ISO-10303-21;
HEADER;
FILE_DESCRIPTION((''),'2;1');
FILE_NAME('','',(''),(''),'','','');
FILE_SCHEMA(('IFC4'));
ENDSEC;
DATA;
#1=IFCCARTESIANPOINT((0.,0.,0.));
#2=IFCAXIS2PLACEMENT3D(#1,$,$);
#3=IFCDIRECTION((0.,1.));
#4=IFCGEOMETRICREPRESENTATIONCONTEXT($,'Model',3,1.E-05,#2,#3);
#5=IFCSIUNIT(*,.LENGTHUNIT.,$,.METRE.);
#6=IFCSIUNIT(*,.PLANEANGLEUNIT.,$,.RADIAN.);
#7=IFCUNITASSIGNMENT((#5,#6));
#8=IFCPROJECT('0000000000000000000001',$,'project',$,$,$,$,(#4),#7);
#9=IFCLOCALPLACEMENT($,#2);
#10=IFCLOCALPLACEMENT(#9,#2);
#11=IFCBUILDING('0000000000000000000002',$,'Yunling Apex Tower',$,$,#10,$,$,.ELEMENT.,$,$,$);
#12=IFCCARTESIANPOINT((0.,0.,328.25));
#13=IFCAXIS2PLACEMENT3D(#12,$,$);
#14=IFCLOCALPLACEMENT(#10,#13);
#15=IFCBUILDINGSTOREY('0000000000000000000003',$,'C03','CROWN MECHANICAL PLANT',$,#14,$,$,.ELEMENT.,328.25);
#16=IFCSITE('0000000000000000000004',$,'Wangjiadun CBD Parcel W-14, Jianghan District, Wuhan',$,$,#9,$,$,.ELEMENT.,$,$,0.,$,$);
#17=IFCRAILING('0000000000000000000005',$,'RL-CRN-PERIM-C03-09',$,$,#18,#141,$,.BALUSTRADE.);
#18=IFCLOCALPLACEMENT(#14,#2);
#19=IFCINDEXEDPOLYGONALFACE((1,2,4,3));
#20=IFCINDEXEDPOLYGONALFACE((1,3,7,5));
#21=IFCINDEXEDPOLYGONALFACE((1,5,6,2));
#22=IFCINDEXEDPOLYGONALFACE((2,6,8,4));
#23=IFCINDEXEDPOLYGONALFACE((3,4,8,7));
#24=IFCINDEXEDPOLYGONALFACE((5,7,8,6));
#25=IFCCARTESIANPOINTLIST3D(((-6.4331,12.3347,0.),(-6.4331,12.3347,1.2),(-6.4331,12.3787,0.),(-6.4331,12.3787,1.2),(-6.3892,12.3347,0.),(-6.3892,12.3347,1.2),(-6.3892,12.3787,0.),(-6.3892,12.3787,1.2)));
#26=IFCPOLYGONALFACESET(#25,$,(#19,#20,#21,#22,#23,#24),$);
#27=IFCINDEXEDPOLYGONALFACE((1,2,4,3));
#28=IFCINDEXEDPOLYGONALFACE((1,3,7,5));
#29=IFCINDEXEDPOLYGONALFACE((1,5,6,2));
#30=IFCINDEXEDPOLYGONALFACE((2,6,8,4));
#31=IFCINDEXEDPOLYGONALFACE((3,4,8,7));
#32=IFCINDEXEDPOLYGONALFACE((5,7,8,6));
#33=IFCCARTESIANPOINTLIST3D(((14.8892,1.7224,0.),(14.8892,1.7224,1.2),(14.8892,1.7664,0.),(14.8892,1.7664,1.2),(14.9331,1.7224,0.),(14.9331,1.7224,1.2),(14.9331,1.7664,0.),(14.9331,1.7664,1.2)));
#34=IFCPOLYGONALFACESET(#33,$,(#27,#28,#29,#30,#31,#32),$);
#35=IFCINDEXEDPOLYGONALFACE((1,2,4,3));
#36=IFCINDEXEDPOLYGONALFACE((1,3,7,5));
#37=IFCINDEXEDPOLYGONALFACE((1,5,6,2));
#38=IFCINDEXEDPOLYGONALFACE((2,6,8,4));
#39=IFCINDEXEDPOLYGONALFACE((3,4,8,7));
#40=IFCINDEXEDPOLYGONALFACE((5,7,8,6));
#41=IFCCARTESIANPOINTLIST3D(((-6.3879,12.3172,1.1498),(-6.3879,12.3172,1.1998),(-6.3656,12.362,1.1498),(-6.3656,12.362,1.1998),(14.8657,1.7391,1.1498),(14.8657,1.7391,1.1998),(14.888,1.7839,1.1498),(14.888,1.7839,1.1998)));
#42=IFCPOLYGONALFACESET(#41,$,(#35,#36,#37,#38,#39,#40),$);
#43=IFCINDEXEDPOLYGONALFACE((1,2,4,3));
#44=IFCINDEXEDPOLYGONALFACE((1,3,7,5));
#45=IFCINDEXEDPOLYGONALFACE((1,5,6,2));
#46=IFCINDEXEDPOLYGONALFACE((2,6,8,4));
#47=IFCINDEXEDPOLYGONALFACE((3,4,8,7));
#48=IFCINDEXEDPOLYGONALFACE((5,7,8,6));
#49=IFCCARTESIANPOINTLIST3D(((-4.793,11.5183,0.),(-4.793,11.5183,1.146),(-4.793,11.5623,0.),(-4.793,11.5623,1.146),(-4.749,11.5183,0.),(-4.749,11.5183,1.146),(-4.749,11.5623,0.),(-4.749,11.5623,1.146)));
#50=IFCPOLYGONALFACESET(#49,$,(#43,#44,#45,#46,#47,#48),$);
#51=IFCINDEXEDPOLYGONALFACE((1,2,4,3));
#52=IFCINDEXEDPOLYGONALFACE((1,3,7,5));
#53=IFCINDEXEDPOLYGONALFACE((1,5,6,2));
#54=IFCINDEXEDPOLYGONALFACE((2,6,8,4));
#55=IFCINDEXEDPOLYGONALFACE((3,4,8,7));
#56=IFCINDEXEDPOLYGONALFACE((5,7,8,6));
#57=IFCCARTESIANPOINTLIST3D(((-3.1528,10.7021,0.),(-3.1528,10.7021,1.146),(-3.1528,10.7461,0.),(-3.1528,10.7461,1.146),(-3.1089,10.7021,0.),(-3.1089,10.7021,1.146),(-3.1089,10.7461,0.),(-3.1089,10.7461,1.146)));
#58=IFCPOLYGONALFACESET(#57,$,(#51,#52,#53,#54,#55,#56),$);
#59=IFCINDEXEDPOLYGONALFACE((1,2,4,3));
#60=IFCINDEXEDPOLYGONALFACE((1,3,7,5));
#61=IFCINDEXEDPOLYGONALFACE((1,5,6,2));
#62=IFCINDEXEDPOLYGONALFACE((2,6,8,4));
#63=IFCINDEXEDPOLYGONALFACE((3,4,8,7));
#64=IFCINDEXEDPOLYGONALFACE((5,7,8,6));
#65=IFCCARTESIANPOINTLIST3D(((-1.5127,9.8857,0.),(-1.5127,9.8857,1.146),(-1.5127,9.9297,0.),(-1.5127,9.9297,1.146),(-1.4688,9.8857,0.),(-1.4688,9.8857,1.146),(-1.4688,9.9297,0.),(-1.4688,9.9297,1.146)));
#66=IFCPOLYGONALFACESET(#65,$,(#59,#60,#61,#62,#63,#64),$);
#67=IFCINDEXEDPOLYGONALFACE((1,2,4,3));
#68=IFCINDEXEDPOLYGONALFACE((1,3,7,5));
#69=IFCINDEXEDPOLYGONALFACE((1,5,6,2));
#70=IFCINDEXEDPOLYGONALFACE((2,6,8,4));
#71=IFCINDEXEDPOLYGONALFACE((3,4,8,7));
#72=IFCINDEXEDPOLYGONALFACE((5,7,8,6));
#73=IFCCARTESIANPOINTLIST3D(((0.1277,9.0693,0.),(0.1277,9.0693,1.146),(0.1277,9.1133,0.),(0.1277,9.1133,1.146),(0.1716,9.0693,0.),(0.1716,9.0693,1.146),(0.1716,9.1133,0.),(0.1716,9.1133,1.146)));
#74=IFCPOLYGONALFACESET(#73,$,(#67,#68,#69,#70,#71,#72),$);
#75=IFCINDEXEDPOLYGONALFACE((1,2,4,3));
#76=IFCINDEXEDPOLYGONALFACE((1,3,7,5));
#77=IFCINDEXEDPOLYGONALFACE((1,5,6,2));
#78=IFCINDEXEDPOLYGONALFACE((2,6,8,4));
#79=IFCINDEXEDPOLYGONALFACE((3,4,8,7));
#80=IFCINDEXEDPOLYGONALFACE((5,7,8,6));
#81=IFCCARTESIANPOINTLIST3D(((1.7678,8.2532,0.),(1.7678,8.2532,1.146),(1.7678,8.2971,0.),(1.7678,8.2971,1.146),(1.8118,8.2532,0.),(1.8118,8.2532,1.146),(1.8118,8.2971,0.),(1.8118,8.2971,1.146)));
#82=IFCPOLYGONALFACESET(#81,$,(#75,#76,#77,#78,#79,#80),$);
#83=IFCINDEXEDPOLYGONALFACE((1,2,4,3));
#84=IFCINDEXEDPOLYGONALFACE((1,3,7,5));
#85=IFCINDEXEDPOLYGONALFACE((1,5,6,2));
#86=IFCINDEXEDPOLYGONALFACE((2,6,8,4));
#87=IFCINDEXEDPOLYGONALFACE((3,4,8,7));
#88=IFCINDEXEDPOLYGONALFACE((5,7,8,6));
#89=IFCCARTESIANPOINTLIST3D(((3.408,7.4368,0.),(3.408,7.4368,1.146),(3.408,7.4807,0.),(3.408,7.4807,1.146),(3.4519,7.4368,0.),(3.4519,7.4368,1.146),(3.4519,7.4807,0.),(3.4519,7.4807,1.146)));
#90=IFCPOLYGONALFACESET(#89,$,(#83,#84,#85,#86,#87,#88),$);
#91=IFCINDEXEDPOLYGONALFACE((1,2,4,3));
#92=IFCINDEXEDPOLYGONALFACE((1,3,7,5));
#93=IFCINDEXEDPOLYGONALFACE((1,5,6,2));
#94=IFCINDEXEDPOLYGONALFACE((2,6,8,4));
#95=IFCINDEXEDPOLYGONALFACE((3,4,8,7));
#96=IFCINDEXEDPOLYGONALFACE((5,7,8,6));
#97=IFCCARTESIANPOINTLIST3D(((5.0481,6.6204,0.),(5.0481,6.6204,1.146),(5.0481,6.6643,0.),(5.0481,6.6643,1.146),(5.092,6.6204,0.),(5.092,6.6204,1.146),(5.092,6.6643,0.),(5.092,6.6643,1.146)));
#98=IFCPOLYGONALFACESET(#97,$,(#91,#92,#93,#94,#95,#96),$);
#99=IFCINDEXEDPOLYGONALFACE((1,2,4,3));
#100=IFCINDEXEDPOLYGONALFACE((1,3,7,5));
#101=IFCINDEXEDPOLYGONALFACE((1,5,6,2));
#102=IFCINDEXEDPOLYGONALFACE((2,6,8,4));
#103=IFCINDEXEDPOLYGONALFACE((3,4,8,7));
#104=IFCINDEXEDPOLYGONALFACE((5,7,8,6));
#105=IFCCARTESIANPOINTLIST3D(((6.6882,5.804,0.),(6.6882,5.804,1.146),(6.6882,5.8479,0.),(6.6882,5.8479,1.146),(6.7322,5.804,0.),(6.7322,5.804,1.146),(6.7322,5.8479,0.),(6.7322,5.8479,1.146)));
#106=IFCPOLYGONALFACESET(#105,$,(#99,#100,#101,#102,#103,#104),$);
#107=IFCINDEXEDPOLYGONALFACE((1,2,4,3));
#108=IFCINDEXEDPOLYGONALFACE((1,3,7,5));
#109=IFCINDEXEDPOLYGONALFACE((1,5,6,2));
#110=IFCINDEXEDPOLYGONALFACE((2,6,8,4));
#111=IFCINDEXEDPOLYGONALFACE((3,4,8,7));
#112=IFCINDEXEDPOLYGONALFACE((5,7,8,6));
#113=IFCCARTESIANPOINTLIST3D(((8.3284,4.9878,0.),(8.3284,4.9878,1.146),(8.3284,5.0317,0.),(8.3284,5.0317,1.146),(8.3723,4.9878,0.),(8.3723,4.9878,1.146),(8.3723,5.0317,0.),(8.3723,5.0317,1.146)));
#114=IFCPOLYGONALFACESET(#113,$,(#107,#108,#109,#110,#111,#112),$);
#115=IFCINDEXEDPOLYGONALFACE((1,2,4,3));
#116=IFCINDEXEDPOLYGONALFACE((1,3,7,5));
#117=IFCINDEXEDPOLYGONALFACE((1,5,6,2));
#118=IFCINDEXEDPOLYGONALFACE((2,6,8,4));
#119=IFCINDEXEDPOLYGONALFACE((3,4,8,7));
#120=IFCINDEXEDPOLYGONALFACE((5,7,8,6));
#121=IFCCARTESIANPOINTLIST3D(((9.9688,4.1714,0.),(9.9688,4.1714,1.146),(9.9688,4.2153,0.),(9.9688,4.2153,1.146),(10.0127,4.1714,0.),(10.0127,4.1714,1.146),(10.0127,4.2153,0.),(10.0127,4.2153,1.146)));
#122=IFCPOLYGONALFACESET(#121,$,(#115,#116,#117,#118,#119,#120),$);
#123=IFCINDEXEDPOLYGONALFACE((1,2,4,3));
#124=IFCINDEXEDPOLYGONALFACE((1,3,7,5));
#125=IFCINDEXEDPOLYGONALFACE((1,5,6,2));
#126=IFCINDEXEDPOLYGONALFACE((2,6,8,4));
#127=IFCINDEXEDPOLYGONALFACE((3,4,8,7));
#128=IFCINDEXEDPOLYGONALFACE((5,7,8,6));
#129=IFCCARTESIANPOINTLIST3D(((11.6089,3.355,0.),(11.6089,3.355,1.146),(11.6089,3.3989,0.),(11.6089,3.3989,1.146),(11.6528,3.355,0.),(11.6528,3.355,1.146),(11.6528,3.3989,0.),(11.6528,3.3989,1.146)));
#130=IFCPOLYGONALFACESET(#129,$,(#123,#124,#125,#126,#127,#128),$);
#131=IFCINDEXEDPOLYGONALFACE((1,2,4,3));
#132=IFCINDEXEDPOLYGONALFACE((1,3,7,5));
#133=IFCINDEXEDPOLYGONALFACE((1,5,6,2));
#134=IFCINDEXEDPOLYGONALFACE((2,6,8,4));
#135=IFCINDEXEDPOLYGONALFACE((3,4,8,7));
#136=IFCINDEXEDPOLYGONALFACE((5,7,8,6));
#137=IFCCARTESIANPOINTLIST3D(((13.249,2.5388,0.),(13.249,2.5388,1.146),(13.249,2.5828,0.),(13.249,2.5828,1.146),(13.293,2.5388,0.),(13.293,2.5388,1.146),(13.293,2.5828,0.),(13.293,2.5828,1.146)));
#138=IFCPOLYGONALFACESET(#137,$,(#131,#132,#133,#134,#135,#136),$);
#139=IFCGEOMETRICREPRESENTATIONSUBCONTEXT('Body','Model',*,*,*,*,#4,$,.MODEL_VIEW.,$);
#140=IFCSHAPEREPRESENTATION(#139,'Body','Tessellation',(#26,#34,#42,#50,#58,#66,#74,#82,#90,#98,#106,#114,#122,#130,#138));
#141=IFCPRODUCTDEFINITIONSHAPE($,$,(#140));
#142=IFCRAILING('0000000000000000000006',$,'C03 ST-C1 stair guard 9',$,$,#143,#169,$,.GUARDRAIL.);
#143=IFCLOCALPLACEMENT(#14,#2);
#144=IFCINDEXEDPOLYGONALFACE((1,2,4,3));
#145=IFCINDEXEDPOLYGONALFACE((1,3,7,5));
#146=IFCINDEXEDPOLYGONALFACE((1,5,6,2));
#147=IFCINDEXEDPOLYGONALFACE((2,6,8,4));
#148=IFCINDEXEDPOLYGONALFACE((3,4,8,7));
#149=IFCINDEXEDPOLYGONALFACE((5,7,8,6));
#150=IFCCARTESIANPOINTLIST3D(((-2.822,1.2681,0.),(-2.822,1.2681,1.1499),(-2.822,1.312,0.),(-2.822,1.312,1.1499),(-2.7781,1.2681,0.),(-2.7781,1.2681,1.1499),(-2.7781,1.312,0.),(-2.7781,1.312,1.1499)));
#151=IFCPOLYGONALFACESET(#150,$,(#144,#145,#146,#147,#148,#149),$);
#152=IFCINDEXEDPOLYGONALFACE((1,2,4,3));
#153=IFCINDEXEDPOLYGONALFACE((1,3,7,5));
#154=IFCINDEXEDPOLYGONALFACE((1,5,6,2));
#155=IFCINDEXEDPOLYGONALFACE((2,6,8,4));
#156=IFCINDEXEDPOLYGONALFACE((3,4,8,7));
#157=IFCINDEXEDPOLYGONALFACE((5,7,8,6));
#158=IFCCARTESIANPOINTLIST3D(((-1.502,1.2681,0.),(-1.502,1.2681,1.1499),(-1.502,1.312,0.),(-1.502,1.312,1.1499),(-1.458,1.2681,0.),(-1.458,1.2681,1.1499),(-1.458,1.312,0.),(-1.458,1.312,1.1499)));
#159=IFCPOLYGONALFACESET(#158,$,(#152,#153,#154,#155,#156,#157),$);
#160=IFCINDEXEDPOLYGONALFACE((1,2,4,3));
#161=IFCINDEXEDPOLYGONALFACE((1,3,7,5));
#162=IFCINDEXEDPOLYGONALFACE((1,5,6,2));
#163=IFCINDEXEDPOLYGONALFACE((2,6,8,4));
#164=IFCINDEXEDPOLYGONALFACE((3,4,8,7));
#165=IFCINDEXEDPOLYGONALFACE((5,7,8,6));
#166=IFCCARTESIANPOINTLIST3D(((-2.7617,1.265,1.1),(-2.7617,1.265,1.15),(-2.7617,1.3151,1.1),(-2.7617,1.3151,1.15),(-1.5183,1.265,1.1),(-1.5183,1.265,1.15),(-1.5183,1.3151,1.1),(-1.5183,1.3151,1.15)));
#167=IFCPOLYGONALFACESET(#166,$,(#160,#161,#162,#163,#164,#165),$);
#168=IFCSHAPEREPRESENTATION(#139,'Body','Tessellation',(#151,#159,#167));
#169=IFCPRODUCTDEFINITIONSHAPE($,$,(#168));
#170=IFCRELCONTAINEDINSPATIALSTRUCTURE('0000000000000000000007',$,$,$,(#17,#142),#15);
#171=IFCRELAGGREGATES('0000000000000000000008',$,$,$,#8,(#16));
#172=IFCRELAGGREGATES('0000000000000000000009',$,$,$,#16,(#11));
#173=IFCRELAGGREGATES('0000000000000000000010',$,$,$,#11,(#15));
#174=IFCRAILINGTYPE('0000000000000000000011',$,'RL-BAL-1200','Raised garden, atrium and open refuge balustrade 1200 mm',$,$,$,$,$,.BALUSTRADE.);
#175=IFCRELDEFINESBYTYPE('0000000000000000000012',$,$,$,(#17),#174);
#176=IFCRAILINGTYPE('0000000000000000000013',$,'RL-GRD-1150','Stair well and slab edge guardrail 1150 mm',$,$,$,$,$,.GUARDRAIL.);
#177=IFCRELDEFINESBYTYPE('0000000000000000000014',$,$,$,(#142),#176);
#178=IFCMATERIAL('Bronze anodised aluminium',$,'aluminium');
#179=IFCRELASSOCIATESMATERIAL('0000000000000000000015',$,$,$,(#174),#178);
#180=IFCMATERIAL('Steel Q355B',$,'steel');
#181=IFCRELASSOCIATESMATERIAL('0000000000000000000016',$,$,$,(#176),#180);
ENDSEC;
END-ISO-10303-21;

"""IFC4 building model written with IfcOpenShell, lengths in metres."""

from ifc_helpers import new_model, si_unit, direction, frame, origin, origin_2d, place, context, subcontext, project, spatial, rectangle, extrude, material, type_object, element, save


model = new_model("IFC4")

# Units and contexts
model_context = context("Model", 3, precision=1e-05, world=origin(), true_north=direction((0.0, 1.0)))
body_context = subcontext(model_context, "Body", "Model", "MODEL_VIEW")
ifc_project = project(units=[si_unit("LENGTHUNIT", "METRE"), si_unit("PLANEANGLEUNIT", "RADIAN")], contexts=[model_context])

# Site, building, storey
site_placement = place(None, origin())
site = spatial("IfcSite", under=ifc_project, at=site_placement, Name="Wangjiadun CBD Parcel W-14, Jianghan District, Wuhan", CompositionType="ELEMENT", RefElevation=0.0)
building_placement = place(site_placement, origin())
building = spatial("IfcBuilding", under=site, at=building_placement, Name="Yunling Apex Tower", CompositionType="ELEMENT")
storey_placement = place(building_placement, frame((0.0, 0.0, 328.25)))
storey = spatial("IfcBuildingStorey", under=building, at=storey_placement, Name="C03", Description="CROWN MECHANICAL PLANT", CompositionType="ELEMENT", Elevation=328.25)

# Shared definitions
ifc_material_1 = material(Name="Bronze anodised aluminium", Category="aluminium")

# Shared definitions
ifc_material_2 = material(Name="Steel Q355B", Category="steel")

# Railings
railing_type_1 = type_object("IfcRailingType", Name="RL-BAL-1200", Description="Raised garden, atrium and open refuge balustrade 1200 mm", PredefinedType="BALUSTRADE", material=ifc_material_1)
railing_1_placement = place(storey_placement, frame((-6.4111, 12.3567, 0.0)))
element("IfcRailing", 1, at=railing_1_placement, inside=storey, type_object=railing_type_1, Name="RL-CRN-PERIM-C03-09", PredefinedType="BALUSTRADE", context=body_context, shape_type="SweptSolid", body=[
    extrude(rectangle(XDim=0.0439, YDim=0.0439, at=origin_2d()), origin(), (0.0, 0.0, 1.0), 1.2),
    extrude(rectangle(XDim=0.0439, YDim=0.0439, at=origin_2d()), frame((21.3223, -10.6123, 0.0)), (0.0, 0.0, 1.0), 1.2),
    extrude(rectangle(XDim=0.05, YDim=0.05, at=origin_2d()), frame((0.0344, -0.0171, 1.1748), z_axis=(0.895246, -0.445573, 0.0), x_axis=(0.445573, 0.895246, 0.0)), (0.0, 0.0, 1.0), 23.7405),
    extrude(rectangle(XDim=0.0439, YDim=0.0439, at=origin_2d()), frame((1.6401, -0.8164, 0.0)), (0.0, 0.0, 1.0), 1.146),
    extrude(rectangle(XDim=0.0439, YDim=0.0439, at=origin_2d()), frame((3.2803, -1.6326, 0.0)), (0.0, 0.0, 1.0), 1.146),
    extrude(rectangle(XDim=0.0439, YDim=0.0439, at=origin_2d()), frame((4.9204, -2.449, 0.0)), (0.0, 0.0, 1.0), 1.146),
    extrude(rectangle(XDim=0.0439, YDim=0.0439, at=origin_2d()), frame((6.5608, -3.2654, 0.0)), (0.0, 0.0, 1.0), 1.146),
    extrude(rectangle(XDim=0.0439, YDim=0.0439, at=origin_2d()), frame((8.2009, -4.0815, 0.0)), (0.0, 0.0, 1.0), 1.146),
    extrude(rectangle(XDim=0.0439, YDim=0.0439, at=origin_2d()), frame((9.8411, -4.8979, 0.0)), (0.0, 0.0, 1.0), 1.146),
    extrude(rectangle(XDim=0.0439, YDim=0.0439, at=origin_2d()), frame((11.4812, -5.7144, 0.0)), (0.0, 0.0, 1.0), 1.146),
    extrude(rectangle(XDim=0.0439, YDim=0.0439, at=origin_2d()), frame((13.1213, -6.5308, 0.0)), (0.0, 0.0, 1.0), 1.146),
    extrude(rectangle(XDim=0.0439, YDim=0.0439, at=origin_2d()), frame((14.7615, -7.3469, 0.0)), (0.0, 0.0, 1.0), 1.146),
    extrude(rectangle(XDim=0.0439, YDim=0.0439, at=origin_2d()), frame((16.4019, -8.1633, 0.0)), (0.0, 0.0, 1.0), 1.146),
    extrude(rectangle(XDim=0.0439, YDim=0.0439, at=origin_2d()), frame((18.042, -8.9797, 0.0)), (0.0, 0.0, 1.0), 1.146),
    extrude(rectangle(XDim=0.0439, YDim=0.0439, at=origin_2d()), frame((19.6821, -9.7959, 0.0)), (0.0, 0.0, 1.0), 1.146),
])
railing_type_2 = type_object("IfcRailingType", Name="RL-GRD-1150", Description="Stair well and slab edge guardrail 1150 mm", PredefinedType="GUARDRAIL", material=ifc_material_2)
railing_2_placement = place(storey_placement, frame((-2.8, 1.29, 0.0)))
element("IfcRailing", 2, at=railing_2_placement, inside=storey, type_object=railing_type_2, Name="C03 ST-C1 stair guard 9", PredefinedType="GUARDRAIL", context=body_context, shape_type="SweptSolid", body=[
    extrude(rectangle(XDim=0.0439, YDim=0.0439, at=origin_2d()), origin(), (0.0, 0.0, 1.0), 1.1499),
    extrude(rectangle(XDim=0.0439, YDim=0.0439, at=origin_2d()), frame((1.3201, 0.0, 0.0)), (0.0, 0.0, 1.0), 1.1499),
    extrude(rectangle(XDim=0.05, YDim=0.05, at=origin_2d()), frame((0.0383, 0.0, 1.125), z_axis=(1.0, 0.0, 0.0), x_axis=(0.0, 1.0, 0.0)), (0.0, 0.0, 1.0), 1.2434),
])

save(model, "model.ifc")
